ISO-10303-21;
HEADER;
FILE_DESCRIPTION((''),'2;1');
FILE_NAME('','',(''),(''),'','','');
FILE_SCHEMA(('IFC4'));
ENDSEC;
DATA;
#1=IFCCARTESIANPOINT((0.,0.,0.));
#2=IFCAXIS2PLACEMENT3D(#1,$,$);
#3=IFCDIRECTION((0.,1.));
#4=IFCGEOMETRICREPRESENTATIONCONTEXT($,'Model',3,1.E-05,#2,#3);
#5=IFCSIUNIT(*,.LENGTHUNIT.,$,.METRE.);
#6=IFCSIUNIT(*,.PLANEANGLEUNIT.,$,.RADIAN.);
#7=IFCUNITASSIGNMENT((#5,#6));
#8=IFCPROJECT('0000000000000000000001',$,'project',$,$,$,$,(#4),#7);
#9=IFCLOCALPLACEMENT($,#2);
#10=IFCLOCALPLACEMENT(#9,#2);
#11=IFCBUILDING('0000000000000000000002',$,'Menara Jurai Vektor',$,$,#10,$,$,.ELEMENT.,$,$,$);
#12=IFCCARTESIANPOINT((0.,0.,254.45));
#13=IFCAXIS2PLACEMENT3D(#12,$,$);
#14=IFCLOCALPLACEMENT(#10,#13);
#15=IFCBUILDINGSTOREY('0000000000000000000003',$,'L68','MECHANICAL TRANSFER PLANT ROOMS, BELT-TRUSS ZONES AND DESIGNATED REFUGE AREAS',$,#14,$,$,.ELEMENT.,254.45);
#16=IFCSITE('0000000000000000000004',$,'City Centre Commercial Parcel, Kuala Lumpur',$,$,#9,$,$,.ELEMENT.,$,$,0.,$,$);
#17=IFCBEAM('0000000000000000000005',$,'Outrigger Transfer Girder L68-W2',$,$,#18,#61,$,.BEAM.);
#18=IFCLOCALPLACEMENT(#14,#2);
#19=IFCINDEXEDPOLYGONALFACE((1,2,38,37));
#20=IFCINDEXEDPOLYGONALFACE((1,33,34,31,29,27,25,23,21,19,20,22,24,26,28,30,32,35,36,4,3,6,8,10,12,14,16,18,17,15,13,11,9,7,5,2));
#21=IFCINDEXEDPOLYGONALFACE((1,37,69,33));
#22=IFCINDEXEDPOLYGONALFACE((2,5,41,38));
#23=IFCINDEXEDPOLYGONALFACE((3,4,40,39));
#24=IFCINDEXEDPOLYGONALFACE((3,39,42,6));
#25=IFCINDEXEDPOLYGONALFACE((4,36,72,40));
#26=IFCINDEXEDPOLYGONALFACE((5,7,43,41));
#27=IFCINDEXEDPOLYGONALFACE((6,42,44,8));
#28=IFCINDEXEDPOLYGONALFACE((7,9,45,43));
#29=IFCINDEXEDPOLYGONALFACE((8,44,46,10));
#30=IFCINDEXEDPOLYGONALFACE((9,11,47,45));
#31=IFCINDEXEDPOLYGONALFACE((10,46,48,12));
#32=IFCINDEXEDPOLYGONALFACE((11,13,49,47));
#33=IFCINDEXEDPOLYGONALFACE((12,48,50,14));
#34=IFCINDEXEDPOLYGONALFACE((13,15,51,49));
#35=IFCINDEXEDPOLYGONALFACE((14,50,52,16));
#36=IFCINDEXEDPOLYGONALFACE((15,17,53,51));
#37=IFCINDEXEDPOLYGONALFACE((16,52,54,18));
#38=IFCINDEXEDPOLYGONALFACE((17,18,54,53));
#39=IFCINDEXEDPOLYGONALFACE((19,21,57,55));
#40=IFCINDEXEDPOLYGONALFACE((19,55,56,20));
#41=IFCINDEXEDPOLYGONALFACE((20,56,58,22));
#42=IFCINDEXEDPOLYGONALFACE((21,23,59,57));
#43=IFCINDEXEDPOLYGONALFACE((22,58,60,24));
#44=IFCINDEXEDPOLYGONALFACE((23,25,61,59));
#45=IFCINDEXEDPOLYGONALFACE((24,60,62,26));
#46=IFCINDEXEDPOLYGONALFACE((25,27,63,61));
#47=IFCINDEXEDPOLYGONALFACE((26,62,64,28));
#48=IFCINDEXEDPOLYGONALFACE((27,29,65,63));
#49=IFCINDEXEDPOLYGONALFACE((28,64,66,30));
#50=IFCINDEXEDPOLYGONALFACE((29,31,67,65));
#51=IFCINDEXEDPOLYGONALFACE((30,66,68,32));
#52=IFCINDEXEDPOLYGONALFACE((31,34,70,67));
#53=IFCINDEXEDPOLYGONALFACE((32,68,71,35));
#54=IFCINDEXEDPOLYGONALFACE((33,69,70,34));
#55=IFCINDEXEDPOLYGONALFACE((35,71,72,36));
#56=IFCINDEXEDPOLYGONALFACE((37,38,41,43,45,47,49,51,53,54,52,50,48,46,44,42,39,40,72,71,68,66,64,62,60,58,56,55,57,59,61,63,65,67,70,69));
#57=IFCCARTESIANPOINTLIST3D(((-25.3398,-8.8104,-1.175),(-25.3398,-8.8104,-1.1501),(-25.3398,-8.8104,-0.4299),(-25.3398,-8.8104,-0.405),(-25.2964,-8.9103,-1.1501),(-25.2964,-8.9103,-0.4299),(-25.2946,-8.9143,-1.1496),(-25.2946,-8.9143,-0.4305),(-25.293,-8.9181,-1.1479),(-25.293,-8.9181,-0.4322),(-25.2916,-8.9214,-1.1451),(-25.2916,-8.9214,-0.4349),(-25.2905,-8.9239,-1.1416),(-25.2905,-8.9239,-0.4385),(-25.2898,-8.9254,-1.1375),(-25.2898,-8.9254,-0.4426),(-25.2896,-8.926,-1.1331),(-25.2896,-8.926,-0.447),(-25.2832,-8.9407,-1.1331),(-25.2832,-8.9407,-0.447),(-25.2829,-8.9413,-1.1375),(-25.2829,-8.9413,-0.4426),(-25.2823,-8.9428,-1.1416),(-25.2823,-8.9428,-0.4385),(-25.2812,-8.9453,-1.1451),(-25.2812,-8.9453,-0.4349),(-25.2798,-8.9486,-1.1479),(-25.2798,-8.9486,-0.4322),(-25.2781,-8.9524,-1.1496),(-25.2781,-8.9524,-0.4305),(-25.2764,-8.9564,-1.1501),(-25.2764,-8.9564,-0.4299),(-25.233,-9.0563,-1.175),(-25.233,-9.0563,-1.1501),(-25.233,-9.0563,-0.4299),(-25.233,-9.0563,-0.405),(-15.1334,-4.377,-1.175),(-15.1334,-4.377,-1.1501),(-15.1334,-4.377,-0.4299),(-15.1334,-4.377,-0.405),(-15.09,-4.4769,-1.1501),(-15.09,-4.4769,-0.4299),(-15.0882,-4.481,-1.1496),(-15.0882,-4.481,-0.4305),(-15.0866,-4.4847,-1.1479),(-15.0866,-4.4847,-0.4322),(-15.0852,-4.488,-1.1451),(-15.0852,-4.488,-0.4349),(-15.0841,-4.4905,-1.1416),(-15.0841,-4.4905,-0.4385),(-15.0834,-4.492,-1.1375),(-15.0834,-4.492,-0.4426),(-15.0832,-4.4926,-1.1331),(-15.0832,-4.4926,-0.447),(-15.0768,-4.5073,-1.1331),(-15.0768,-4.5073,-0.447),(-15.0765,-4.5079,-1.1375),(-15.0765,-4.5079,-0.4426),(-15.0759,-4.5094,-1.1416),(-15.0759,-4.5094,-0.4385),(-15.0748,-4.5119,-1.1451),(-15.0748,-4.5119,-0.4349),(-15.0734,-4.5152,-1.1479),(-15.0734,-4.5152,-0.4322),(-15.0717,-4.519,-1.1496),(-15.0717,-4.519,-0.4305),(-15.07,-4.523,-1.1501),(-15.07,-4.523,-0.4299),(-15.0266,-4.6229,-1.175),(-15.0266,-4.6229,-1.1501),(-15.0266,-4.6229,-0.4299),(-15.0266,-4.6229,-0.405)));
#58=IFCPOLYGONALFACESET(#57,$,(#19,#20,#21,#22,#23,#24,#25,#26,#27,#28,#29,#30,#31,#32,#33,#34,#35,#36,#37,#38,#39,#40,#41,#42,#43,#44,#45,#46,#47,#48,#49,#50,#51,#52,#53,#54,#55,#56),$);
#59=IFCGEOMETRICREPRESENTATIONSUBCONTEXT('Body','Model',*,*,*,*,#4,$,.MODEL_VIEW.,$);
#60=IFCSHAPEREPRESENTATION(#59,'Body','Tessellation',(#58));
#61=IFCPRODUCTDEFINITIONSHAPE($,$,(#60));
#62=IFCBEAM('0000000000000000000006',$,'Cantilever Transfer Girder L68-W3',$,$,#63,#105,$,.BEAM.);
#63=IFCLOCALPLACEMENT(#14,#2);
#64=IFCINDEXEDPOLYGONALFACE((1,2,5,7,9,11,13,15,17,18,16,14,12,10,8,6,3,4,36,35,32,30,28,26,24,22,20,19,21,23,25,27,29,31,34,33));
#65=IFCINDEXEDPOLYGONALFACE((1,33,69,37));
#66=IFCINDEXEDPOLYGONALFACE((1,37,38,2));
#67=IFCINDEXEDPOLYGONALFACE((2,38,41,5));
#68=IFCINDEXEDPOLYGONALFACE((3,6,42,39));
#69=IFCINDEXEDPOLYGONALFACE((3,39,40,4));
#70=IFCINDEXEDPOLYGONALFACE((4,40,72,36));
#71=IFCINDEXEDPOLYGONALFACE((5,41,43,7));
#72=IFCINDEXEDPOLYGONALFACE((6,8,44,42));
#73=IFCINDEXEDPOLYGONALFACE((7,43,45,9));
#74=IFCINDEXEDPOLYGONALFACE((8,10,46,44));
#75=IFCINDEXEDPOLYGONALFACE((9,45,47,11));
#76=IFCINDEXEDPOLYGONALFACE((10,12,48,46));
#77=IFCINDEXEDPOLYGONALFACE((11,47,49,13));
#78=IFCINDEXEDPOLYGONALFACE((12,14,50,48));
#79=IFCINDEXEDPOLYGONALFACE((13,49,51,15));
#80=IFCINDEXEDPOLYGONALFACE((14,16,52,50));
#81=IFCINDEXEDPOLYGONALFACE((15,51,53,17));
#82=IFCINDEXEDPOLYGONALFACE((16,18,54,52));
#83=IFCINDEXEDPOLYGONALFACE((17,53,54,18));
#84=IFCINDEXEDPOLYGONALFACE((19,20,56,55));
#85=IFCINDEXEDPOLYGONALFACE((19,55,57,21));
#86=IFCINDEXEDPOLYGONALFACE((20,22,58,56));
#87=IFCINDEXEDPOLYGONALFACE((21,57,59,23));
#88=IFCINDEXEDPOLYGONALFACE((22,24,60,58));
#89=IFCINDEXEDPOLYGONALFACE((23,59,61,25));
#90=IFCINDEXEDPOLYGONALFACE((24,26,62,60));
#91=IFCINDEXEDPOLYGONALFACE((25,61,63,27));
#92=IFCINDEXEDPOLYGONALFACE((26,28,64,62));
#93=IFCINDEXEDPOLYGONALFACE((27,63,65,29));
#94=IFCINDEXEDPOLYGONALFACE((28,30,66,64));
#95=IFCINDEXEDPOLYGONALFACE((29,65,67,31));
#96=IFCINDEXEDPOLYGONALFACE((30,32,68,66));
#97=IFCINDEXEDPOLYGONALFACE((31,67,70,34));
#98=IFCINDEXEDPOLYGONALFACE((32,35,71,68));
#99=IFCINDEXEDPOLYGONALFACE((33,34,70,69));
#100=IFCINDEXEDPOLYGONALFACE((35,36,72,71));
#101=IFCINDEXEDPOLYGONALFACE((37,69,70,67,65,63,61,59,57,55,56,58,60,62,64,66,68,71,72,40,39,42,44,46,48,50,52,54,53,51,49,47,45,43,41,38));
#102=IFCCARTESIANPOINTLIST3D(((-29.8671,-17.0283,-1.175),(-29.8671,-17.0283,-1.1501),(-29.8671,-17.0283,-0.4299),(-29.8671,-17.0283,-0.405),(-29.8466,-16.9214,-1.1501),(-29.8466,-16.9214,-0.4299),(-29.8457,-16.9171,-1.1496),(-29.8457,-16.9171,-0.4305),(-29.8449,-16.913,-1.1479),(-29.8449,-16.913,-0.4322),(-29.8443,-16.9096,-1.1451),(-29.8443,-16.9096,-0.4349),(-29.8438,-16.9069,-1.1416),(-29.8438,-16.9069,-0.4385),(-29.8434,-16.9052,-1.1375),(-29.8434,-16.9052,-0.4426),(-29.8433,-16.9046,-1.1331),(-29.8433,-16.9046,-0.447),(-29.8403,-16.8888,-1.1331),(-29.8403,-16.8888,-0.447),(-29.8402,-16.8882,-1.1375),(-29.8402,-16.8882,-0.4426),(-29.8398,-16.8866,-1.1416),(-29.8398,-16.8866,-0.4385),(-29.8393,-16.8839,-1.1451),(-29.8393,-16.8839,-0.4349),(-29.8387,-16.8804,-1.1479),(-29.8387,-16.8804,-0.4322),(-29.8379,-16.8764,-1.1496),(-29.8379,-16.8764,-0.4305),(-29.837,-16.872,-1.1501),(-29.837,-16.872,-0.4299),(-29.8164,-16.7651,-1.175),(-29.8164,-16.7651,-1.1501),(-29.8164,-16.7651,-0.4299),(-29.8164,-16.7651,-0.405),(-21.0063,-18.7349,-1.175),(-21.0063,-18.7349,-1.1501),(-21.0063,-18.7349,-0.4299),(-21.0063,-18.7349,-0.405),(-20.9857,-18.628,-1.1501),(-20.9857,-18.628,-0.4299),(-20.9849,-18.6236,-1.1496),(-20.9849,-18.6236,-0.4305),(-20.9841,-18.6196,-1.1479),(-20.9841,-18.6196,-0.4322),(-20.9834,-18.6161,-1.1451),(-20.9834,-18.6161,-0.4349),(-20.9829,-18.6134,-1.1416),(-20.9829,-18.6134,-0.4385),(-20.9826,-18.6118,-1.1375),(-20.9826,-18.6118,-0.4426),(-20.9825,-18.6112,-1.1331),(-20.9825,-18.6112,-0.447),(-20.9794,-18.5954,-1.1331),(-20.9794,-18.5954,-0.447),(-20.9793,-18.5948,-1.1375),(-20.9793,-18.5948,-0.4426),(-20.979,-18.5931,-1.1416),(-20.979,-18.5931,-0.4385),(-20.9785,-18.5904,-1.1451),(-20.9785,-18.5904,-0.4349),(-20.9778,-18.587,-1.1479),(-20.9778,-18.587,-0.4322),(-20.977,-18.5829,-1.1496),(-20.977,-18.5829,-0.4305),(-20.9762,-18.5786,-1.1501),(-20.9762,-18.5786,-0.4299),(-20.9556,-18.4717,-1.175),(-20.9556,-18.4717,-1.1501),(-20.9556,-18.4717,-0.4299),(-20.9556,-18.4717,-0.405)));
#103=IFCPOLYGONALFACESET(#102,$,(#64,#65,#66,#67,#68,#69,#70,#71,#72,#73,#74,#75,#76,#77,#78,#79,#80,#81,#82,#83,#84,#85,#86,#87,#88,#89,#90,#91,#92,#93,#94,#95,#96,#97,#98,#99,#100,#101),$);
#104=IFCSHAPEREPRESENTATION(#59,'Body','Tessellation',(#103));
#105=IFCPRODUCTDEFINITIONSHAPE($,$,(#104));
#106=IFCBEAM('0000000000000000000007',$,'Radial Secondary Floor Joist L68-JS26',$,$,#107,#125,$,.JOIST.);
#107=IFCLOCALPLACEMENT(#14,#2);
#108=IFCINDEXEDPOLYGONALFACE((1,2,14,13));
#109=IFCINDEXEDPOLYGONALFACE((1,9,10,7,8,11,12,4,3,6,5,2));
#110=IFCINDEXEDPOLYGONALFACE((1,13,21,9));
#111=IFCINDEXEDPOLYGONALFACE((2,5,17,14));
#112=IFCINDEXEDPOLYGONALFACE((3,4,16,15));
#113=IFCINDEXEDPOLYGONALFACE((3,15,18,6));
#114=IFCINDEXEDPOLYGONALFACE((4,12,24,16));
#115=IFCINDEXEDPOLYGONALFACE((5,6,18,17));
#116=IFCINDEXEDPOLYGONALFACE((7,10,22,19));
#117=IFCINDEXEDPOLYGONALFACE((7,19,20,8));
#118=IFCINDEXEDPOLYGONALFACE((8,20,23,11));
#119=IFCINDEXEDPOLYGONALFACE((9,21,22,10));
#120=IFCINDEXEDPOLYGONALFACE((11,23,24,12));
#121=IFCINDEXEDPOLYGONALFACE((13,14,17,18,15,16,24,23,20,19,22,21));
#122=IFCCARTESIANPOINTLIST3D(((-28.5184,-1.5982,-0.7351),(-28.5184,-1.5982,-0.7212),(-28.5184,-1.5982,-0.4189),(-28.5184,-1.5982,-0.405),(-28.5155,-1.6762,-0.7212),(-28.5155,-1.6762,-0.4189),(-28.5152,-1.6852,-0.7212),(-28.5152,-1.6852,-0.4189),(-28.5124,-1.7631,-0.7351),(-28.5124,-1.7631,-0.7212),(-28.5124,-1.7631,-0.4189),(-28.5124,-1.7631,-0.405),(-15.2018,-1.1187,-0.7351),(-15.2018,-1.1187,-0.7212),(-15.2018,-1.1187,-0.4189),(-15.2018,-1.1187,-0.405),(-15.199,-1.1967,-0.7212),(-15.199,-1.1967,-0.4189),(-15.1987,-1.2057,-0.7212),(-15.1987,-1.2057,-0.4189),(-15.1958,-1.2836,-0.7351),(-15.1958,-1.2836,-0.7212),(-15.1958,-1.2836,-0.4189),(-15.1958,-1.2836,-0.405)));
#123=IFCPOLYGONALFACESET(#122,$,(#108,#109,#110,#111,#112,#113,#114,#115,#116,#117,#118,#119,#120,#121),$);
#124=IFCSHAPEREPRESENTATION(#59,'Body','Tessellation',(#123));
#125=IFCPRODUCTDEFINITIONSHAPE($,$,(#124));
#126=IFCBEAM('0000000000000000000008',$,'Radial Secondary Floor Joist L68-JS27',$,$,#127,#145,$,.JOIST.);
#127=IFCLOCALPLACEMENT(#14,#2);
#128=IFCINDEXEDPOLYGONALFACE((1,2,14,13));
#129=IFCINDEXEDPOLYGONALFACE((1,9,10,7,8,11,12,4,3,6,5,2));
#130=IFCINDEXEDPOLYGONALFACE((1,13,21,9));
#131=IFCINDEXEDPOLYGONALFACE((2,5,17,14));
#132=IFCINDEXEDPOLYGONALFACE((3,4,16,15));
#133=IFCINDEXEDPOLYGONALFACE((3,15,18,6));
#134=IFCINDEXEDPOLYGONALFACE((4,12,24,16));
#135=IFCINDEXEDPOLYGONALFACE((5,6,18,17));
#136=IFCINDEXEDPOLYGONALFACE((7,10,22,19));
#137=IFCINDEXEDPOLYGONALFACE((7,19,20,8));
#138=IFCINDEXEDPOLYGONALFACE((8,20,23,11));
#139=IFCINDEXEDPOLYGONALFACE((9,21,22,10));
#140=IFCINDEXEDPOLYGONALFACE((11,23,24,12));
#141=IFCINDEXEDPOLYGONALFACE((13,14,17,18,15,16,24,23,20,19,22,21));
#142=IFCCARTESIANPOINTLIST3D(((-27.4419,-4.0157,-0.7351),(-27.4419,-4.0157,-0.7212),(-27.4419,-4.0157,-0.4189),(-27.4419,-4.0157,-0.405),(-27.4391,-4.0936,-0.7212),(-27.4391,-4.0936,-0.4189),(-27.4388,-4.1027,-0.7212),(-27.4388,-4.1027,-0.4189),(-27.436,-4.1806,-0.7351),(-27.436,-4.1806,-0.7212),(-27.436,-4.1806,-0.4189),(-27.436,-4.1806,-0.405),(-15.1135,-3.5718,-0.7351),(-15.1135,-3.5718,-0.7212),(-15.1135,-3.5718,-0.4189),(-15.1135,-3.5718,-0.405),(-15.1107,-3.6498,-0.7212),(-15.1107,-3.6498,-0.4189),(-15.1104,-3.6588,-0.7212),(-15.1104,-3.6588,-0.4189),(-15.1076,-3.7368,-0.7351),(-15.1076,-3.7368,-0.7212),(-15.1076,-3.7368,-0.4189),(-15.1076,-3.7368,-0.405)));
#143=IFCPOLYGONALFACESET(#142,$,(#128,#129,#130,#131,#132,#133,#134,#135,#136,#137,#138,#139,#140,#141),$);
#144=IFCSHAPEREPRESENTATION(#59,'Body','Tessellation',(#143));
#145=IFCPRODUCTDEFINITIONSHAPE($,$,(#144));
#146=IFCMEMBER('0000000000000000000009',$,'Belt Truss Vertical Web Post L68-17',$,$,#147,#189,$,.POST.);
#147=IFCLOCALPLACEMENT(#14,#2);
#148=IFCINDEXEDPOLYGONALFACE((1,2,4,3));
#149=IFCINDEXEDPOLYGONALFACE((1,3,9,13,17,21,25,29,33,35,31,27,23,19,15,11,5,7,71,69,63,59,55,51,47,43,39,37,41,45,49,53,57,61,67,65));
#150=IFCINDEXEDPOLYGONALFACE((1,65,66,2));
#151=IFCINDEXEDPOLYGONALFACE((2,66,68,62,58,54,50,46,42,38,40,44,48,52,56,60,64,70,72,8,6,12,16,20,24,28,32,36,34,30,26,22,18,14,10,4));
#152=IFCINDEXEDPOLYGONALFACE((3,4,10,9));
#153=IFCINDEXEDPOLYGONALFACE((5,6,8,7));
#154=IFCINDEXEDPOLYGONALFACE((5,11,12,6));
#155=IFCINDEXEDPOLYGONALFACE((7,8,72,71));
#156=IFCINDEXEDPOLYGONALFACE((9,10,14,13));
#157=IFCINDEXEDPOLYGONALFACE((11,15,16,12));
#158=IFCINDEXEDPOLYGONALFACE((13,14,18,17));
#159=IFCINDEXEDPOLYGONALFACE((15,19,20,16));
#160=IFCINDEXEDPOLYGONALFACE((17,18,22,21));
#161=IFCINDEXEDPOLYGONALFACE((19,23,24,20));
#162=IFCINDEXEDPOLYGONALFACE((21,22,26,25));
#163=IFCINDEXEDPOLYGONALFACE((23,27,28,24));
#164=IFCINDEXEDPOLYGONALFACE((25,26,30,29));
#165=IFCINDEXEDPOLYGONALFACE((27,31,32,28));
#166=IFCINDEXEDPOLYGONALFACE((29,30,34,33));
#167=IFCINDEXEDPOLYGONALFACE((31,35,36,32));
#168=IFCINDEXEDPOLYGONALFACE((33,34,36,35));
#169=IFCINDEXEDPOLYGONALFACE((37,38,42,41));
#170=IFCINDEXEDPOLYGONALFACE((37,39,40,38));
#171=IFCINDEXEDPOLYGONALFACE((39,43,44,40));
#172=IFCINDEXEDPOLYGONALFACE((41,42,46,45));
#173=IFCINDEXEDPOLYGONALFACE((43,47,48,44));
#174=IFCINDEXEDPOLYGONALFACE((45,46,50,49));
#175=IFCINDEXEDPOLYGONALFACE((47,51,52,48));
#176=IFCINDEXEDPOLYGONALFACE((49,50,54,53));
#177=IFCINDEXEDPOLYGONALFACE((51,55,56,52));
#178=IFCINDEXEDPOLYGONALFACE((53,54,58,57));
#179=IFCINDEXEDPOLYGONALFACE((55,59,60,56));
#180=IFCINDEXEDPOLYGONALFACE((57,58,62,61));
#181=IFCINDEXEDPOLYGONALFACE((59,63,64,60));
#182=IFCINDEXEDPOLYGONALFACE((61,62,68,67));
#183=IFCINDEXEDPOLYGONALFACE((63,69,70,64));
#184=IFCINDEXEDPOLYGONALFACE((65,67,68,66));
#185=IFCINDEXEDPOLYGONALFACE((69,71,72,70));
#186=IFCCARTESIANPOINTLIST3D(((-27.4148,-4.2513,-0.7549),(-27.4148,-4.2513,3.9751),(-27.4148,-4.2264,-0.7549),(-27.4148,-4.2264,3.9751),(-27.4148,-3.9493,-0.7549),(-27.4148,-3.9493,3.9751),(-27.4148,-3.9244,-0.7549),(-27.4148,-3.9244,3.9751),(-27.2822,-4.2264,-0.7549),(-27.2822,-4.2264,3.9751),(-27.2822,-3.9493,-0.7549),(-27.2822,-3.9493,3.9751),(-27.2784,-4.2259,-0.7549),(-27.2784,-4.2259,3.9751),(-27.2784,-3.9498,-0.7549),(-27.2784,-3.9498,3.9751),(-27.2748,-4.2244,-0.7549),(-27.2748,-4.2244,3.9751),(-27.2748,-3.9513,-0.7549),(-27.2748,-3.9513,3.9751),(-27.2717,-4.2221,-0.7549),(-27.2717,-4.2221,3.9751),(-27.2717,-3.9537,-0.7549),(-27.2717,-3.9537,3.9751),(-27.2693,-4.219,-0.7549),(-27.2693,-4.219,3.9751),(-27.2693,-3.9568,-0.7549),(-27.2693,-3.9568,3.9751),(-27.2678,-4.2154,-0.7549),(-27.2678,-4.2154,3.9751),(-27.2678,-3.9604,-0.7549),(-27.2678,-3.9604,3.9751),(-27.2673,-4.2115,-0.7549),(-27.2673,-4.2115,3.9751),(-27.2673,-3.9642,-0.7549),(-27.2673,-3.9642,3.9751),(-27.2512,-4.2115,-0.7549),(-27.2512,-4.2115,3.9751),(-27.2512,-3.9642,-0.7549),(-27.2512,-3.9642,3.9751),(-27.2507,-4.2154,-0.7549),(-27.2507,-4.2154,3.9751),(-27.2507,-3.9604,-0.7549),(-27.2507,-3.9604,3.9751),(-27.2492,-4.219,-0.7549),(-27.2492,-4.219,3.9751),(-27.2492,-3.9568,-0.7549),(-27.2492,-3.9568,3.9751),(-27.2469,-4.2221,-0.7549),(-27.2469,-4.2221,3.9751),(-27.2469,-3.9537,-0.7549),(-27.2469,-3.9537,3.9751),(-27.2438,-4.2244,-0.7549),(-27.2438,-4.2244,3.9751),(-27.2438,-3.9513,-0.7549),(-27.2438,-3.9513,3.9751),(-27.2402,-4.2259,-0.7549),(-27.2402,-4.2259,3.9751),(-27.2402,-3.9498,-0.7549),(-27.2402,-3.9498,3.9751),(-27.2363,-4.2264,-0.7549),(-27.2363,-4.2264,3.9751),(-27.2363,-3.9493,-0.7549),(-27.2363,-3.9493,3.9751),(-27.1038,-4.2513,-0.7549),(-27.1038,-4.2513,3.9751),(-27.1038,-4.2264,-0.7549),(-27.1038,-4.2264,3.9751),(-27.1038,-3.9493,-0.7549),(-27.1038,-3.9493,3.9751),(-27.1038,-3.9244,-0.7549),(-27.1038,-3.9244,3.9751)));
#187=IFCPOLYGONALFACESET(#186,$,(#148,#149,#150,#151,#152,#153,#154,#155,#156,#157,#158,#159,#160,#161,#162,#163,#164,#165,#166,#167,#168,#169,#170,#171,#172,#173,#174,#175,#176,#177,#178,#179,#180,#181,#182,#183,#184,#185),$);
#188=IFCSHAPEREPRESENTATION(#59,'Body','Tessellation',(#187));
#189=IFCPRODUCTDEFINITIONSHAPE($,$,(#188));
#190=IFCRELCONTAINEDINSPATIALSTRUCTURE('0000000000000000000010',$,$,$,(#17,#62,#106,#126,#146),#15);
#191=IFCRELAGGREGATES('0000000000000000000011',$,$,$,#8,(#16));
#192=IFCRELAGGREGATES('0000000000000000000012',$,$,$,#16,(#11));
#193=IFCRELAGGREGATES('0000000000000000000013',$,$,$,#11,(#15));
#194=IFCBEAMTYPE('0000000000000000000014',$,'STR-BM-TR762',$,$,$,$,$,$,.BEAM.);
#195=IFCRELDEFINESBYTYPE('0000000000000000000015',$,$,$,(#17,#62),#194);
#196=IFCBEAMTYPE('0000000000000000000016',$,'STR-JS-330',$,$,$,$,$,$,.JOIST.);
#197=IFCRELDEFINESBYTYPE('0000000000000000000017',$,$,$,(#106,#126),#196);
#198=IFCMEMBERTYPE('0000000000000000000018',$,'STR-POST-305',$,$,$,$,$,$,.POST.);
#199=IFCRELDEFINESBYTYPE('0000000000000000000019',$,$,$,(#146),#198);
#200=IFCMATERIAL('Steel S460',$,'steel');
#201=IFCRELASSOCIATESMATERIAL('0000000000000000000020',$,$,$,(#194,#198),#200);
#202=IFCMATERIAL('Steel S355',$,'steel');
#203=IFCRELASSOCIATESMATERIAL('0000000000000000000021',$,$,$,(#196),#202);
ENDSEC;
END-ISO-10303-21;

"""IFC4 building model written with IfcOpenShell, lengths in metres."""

from ifc_helpers import new_model, si_unit, direction, frame, origin, origin_2d, place, context, subcontext, project, spatial, i_section, extrude, material, material_profile, profile_set, type_object, element, save


model = new_model("IFC4")

# Units and contexts
model_context = context("Model", 3, precision=1e-05, world=origin(), true_north=direction((0.0, 1.0)))
body_context = subcontext(model_context, "Body", "Model", "MODEL_VIEW")
ifc_project = project(units=[si_unit("LENGTHUNIT", "METRE"), si_unit("PLANEANGLEUNIT", "RADIAN")], contexts=[model_context])

# Site, building, storey
site_placement = place(None, origin())
site = spatial("IfcSite", under=ifc_project, at=site_placement, Name="City Centre Commercial Parcel, Kuala Lumpur", CompositionType="ELEMENT", RefElevation=0.0)
building_placement = place(site_placement, origin())
building = spatial("IfcBuilding", under=site, at=building_placement, Name="Menara Jurai Vektor", CompositionType="ELEMENT")
storey_placement = place(building_placement, frame((0.0, 0.0, 254.45)))
storey = spatial("IfcBuildingStorey", under=building, at=storey_placement, Name="L68", Description="MECHANICAL TRANSFER PLANT ROOMS, BELT-TRUSS ZONES AND DESIGNATED REFUGE AREAS", CompositionType="ELEMENT", Elevation=254.45)

# Shared definitions
ifc_material_1 = material(Name="Steel S460", Category="steel")

# Beams
ifc_material_2 = material(Name="Steel S355", Category="steel")
ifc_material_profile_1 = material_profile(ifc_material_1, i_section(OverallWidth=0.2681, OverallDepth=0.77, WebThickness=0.0161, FlangeThickness=0.0249, FilletRadius=0.0171, at=origin_2d()), Name="UKB 762x267x197")
ifc_profile_set_1 = profile_set([ifc_material_profile_1], Name="Steel S460")
beam_type_1 = type_object("IfcBeamType", Name="STR-BM-TR762", PredefinedType="BEAM", material=ifc_profile_set_1)
beam_1_placement = place(storey_placement, frame((-25.2864, -8.9333, -0.79), z_axis=(0.917207, 0.398411, 0.0), x_axis=(-0.398411, 0.917207, 0.0)))
element("IfcBeam", 1, at=beam_1_placement, inside=storey, type_object=beam_type_1, Name="Outrigger Transfer Girder L68-W2", PredefinedType="BEAM", context=body_context, shape_type="SweptSolid", body=[
    extrude(i_section(OverallWidth=0.2681, OverallDepth=0.77, WebThickness=0.0161, FlangeThickness=0.0249, FilletRadius=0.0171, at=origin_2d()), origin(), (0.0, 0.0, 1.0), 11.1277),
])
beam_2_placement = place(storey_placement, frame((-29.8418, -16.8967, -0.79), z_axis=(0.981954, -0.189118, 0.0), x_axis=(0.189118, 0.981954, 0.0)))
element("IfcBeam", 2, at=beam_2_placement, inside=storey, type_object=beam_type_1, Name="Cantilever Transfer Girder L68-W3", PredefinedType="BEAM", context=body_context, shape_type="SweptSolid", body=[
    extrude(i_section(OverallWidth=0.2681, OverallDepth=0.77, WebThickness=0.0161, FlangeThickness=0.0249, FilletRadius=0.0171, at=origin_2d()), origin(), (0.0, 0.0, 1.0), 9.0237),
])
ifc_material_profile_2 = material_profile(ifc_material_2, i_section(OverallWidth=0.165, OverallDepth=0.3301, WebThickness=0.009, FlangeThickness=0.0139, at=origin_2d()), Name="PG 330x165x46")
ifc_profile_set_2 = profile_set([ifc_material_profile_2], Name="Steel S355")
beam_type_2 = type_object("IfcBeamType", Name="STR-JS-330", PredefinedType="JOIST", material=ifc_profile_set_2)
beam_3_placement = place(storey_placement, frame((-28.5154, -1.6807, -0.5701), z_axis=(0.999352, 0.035984, 0.0), x_axis=(-0.035984, 0.999352, 0.0)))
element("IfcBeam", 3, at=beam_3_placement, inside=storey, type_object=beam_type_2, Name="Radial Secondary Floor Joist L68-JS26", PredefinedType="JOIST", context=body_context, shape_type="SweptSolid", body=[
    extrude(i_section(OverallWidth=0.165, OverallDepth=0.3301, WebThickness=0.009, FlangeThickness=0.0139, at=origin_2d()), origin(), (0.0, 0.0, 1.0), 13.3252),
])
beam_4_placement = place(storey_placement, frame((-27.439, -4.0981, -0.5701), z_axis=(0.999353, 0.035979, 0.0), x_axis=(-0.035979, 0.999353, 0.0)))
element("IfcBeam", 4, at=beam_4_placement, inside=storey, type_object=beam_type_2, Name="Radial Secondary Floor Joist L68-JS27", PredefinedType="JOIST", context=body_context, shape_type="SweptSolid", body=[
    extrude(i_section(OverallWidth=0.165, OverallDepth=0.3301, WebThickness=0.009, FlangeThickness=0.0139, at=origin_2d()), origin(), (0.0, 0.0, 1.0), 12.3364),
])

# Member
ifc_material_profile_3 = material_profile(ifc_material_1, i_section(OverallWidth=0.311, OverallDepth=0.3269, WebThickness=0.0161, FlangeThickness=0.0249, FilletRadius=0.0149, at=origin_2d()), Name="UKC 305x305x158")
ifc_profile_set_3 = profile_set([ifc_material_profile_3], Name="Steel S460")
member_type_1 = type_object("IfcMemberType", Name="STR-POST-305", PredefinedType="POST", material=ifc_profile_set_3)
for number, where, z_axis, x_axis, name in (
    (5, (-27.2593, -4.0879, -0.7549), (0.0, 0.0, 1.0), (1.0, 0.0, 0.0), "Belt Truss Vertical Web Post L68-17"),
):
    element("IfcMember", number, at=place(storey_placement, frame(where, z_axis=z_axis, x_axis=x_axis)), inside=storey, type_object=member_type_1, Name=name, PredefinedType="POST", context=body_context, shape_type="SweptSolid", body=[
        extrude(i_section(OverallWidth=0.311, OverallDepth=0.3269, WebThickness=0.0161, FlangeThickness=0.0249, FilletRadius=0.0149, at=origin_2d()), origin(), (0.0, 0.0, 1.0), 4.73),
    ])

save(model, "model.ifc")
